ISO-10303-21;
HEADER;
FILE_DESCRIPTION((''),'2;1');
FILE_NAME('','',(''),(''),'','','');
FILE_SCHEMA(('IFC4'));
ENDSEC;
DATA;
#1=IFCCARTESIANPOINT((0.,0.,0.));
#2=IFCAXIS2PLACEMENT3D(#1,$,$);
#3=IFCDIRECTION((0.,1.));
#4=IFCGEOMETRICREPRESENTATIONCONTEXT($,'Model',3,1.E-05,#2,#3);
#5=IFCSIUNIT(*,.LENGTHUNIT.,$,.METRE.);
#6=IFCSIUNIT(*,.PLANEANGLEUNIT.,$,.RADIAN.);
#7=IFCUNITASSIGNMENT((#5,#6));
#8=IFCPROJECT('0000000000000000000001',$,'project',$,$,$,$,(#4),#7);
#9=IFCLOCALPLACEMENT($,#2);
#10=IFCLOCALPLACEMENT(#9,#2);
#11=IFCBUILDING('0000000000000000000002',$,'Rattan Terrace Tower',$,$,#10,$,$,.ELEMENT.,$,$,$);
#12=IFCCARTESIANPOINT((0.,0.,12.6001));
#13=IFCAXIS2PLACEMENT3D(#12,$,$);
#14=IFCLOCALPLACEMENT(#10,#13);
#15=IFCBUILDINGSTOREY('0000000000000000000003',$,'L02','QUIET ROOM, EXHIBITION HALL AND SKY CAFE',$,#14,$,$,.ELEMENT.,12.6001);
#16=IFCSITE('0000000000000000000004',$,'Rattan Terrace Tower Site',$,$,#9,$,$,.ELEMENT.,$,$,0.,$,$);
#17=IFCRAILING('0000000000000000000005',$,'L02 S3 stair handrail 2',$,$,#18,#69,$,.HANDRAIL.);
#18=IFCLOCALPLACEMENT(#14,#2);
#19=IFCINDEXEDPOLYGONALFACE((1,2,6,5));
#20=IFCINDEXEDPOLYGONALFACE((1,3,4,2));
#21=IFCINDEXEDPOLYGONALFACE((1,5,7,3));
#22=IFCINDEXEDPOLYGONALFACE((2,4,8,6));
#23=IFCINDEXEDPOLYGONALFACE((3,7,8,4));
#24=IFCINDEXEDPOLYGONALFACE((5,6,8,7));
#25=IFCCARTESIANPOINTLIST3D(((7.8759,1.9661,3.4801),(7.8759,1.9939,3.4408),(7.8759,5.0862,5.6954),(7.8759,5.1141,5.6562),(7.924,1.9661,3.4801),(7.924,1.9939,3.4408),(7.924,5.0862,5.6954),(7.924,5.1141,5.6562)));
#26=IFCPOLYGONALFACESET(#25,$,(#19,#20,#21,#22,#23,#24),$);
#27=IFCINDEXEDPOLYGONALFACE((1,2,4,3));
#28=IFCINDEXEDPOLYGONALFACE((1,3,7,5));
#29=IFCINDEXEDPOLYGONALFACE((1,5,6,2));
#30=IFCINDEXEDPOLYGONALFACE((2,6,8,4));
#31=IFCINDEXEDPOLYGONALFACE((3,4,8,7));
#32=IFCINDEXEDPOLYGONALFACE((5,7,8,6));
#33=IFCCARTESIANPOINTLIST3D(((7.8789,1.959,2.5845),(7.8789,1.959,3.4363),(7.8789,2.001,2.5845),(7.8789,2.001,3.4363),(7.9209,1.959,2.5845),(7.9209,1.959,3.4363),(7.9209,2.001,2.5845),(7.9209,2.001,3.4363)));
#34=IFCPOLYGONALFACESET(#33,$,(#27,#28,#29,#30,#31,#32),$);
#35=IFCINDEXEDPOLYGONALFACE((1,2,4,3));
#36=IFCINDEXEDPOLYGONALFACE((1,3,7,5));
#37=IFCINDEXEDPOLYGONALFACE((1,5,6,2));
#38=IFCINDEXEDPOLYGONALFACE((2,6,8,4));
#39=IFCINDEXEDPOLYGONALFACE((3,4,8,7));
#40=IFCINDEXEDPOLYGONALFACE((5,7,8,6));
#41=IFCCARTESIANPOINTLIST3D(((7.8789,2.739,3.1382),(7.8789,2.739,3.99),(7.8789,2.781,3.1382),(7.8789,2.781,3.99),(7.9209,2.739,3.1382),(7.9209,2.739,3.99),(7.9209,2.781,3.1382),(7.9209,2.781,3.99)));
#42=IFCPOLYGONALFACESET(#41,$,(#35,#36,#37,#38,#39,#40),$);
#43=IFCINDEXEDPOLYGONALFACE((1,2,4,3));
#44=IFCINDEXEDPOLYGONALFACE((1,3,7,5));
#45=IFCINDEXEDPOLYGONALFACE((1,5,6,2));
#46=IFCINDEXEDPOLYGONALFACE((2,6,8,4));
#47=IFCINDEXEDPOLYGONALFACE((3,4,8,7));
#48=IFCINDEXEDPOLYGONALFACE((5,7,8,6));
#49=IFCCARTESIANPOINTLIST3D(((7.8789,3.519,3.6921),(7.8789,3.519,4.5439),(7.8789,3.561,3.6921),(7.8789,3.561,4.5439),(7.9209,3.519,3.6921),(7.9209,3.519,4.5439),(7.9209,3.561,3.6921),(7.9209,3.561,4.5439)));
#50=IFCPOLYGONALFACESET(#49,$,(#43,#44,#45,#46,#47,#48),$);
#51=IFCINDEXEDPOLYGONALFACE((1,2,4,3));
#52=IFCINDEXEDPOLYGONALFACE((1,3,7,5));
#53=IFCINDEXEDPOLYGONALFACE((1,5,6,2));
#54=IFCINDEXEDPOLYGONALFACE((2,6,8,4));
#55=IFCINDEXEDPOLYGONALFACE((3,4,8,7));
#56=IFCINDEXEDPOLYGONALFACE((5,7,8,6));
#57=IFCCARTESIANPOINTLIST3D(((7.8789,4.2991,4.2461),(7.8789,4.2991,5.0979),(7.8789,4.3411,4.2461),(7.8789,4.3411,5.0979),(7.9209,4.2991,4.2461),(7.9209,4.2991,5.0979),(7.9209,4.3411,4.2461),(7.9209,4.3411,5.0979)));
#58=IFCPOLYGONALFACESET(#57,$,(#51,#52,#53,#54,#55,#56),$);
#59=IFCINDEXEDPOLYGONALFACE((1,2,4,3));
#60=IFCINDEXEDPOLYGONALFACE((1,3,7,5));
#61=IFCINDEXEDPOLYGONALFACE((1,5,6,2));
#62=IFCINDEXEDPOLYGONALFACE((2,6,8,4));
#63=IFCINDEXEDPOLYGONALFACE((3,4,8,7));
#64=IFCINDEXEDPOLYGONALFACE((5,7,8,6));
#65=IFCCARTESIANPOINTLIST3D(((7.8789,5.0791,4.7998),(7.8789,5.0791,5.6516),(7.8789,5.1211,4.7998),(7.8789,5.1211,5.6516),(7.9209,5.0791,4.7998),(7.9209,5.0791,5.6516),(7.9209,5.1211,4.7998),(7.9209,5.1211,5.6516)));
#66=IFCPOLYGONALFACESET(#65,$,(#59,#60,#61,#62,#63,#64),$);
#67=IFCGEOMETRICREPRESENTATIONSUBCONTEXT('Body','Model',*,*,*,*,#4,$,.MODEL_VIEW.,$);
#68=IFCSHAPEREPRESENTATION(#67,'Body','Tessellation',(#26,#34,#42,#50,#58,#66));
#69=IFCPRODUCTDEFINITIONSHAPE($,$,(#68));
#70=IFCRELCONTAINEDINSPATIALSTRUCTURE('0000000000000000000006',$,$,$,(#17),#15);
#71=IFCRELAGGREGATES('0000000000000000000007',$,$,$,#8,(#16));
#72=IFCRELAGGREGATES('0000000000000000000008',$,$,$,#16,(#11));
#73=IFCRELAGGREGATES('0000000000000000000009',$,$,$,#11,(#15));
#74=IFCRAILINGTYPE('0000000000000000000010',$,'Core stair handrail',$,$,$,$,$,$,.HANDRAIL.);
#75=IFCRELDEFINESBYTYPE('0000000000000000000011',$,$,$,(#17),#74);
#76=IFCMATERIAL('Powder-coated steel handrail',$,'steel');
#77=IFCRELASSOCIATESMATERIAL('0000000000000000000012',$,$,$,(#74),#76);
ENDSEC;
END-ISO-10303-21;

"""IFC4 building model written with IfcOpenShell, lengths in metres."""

from ifc_helpers import new_model, si_unit, direction, frame, origin, origin_2d, place, context, subcontext, project, spatial, rectangle, extrude, material, type_object, element, save


model = new_model("IFC4")

# Units and contexts
model_context = context("Model", 3, precision=1e-05, world=origin(), true_north=direction((0.0, 1.0)))
body_context = subcontext(model_context, "Body", "Model", "MODEL_VIEW")
ifc_project = project(units=[si_unit("LENGTHUNIT", "METRE"), si_unit("PLANEANGLEUNIT", "RADIAN")], contexts=[model_context])

# Site, building, storey
site_placement = place(None, origin())
site = spatial("IfcSite", under=ifc_project, at=site_placement, Name="Rattan Terrace Tower Site", CompositionType="ELEMENT", RefElevation=0.0)
building_placement = place(site_placement, origin())
building = spatial("IfcBuilding", under=site, at=building_placement, Name="Rattan Terrace Tower", CompositionType="ELEMENT")
storey_placement = place(building_placement, frame((0.0, 0.0, 12.6001)))
storey = spatial("IfcBuildingStorey", under=building, at=storey_placement, Name="L02", Description="QUIET ROOM, EXHIBITION HALL AND SKY CAFE", CompositionType="ELEMENT", Elevation=12.6001)

# Railing
ifc_material_1 = material(Name="Powder-coated steel handrail", Category="steel")
railing_type_1 = type_object("IfcRailingType", Name="Core stair handrail", PredefinedType="HANDRAIL", material=ifc_material_1)
railing_1_placement = place(storey_placement, frame((7.8999, 1.98, 2.5845)))
element("IfcRailing", 1, at=railing_1_placement, inside=storey, type_object=railing_type_1, Name="L02 S3 stair handrail 2", PredefinedType="HANDRAIL", context=body_context, shape_type="SweptSolid", body=[
    extrude(rectangle(XDim=0.0481, YDim=0.0481, at=origin_2d()), frame((0.0, 0.0, 0.876), z_axis=(0.0, 0.815377, 0.57893), x_axis=(-1.0, 0.0, 0.0)), (0.0, 0.0, 1.0), 3.8267),
    extrude(rectangle(XDim=0.042, YDim=0.042, at=origin_2d()), origin(), (0.0, 0.0, 1.0), 0.8518),
    extrude(rectangle(XDim=0.042, YDim=0.042, at=origin_2d()), frame((0.0, 0.78, 0.5537)), (0.0, 0.0, 1.0), 0.8518),
    extrude(rectangle(XDim=0.042, YDim=0.042, at=origin_2d()), frame((0.0, 1.5601, 1.1077)), (0.0, 0.0, 1.0), 0.8518),
    extrude(rectangle(XDim=0.042, YDim=0.042, at=origin_2d()), frame((0.0, 2.3401, 1.6616)), (0.0, 0.0, 1.0), 0.8518),
    extrude(rectangle(XDim=0.042, YDim=0.042, at=origin_2d()), frame((0.0, 3.1201, 2.2153)), (0.0, 0.0, 1.0), 0.8518),
])

save(model, "model.ifc")
